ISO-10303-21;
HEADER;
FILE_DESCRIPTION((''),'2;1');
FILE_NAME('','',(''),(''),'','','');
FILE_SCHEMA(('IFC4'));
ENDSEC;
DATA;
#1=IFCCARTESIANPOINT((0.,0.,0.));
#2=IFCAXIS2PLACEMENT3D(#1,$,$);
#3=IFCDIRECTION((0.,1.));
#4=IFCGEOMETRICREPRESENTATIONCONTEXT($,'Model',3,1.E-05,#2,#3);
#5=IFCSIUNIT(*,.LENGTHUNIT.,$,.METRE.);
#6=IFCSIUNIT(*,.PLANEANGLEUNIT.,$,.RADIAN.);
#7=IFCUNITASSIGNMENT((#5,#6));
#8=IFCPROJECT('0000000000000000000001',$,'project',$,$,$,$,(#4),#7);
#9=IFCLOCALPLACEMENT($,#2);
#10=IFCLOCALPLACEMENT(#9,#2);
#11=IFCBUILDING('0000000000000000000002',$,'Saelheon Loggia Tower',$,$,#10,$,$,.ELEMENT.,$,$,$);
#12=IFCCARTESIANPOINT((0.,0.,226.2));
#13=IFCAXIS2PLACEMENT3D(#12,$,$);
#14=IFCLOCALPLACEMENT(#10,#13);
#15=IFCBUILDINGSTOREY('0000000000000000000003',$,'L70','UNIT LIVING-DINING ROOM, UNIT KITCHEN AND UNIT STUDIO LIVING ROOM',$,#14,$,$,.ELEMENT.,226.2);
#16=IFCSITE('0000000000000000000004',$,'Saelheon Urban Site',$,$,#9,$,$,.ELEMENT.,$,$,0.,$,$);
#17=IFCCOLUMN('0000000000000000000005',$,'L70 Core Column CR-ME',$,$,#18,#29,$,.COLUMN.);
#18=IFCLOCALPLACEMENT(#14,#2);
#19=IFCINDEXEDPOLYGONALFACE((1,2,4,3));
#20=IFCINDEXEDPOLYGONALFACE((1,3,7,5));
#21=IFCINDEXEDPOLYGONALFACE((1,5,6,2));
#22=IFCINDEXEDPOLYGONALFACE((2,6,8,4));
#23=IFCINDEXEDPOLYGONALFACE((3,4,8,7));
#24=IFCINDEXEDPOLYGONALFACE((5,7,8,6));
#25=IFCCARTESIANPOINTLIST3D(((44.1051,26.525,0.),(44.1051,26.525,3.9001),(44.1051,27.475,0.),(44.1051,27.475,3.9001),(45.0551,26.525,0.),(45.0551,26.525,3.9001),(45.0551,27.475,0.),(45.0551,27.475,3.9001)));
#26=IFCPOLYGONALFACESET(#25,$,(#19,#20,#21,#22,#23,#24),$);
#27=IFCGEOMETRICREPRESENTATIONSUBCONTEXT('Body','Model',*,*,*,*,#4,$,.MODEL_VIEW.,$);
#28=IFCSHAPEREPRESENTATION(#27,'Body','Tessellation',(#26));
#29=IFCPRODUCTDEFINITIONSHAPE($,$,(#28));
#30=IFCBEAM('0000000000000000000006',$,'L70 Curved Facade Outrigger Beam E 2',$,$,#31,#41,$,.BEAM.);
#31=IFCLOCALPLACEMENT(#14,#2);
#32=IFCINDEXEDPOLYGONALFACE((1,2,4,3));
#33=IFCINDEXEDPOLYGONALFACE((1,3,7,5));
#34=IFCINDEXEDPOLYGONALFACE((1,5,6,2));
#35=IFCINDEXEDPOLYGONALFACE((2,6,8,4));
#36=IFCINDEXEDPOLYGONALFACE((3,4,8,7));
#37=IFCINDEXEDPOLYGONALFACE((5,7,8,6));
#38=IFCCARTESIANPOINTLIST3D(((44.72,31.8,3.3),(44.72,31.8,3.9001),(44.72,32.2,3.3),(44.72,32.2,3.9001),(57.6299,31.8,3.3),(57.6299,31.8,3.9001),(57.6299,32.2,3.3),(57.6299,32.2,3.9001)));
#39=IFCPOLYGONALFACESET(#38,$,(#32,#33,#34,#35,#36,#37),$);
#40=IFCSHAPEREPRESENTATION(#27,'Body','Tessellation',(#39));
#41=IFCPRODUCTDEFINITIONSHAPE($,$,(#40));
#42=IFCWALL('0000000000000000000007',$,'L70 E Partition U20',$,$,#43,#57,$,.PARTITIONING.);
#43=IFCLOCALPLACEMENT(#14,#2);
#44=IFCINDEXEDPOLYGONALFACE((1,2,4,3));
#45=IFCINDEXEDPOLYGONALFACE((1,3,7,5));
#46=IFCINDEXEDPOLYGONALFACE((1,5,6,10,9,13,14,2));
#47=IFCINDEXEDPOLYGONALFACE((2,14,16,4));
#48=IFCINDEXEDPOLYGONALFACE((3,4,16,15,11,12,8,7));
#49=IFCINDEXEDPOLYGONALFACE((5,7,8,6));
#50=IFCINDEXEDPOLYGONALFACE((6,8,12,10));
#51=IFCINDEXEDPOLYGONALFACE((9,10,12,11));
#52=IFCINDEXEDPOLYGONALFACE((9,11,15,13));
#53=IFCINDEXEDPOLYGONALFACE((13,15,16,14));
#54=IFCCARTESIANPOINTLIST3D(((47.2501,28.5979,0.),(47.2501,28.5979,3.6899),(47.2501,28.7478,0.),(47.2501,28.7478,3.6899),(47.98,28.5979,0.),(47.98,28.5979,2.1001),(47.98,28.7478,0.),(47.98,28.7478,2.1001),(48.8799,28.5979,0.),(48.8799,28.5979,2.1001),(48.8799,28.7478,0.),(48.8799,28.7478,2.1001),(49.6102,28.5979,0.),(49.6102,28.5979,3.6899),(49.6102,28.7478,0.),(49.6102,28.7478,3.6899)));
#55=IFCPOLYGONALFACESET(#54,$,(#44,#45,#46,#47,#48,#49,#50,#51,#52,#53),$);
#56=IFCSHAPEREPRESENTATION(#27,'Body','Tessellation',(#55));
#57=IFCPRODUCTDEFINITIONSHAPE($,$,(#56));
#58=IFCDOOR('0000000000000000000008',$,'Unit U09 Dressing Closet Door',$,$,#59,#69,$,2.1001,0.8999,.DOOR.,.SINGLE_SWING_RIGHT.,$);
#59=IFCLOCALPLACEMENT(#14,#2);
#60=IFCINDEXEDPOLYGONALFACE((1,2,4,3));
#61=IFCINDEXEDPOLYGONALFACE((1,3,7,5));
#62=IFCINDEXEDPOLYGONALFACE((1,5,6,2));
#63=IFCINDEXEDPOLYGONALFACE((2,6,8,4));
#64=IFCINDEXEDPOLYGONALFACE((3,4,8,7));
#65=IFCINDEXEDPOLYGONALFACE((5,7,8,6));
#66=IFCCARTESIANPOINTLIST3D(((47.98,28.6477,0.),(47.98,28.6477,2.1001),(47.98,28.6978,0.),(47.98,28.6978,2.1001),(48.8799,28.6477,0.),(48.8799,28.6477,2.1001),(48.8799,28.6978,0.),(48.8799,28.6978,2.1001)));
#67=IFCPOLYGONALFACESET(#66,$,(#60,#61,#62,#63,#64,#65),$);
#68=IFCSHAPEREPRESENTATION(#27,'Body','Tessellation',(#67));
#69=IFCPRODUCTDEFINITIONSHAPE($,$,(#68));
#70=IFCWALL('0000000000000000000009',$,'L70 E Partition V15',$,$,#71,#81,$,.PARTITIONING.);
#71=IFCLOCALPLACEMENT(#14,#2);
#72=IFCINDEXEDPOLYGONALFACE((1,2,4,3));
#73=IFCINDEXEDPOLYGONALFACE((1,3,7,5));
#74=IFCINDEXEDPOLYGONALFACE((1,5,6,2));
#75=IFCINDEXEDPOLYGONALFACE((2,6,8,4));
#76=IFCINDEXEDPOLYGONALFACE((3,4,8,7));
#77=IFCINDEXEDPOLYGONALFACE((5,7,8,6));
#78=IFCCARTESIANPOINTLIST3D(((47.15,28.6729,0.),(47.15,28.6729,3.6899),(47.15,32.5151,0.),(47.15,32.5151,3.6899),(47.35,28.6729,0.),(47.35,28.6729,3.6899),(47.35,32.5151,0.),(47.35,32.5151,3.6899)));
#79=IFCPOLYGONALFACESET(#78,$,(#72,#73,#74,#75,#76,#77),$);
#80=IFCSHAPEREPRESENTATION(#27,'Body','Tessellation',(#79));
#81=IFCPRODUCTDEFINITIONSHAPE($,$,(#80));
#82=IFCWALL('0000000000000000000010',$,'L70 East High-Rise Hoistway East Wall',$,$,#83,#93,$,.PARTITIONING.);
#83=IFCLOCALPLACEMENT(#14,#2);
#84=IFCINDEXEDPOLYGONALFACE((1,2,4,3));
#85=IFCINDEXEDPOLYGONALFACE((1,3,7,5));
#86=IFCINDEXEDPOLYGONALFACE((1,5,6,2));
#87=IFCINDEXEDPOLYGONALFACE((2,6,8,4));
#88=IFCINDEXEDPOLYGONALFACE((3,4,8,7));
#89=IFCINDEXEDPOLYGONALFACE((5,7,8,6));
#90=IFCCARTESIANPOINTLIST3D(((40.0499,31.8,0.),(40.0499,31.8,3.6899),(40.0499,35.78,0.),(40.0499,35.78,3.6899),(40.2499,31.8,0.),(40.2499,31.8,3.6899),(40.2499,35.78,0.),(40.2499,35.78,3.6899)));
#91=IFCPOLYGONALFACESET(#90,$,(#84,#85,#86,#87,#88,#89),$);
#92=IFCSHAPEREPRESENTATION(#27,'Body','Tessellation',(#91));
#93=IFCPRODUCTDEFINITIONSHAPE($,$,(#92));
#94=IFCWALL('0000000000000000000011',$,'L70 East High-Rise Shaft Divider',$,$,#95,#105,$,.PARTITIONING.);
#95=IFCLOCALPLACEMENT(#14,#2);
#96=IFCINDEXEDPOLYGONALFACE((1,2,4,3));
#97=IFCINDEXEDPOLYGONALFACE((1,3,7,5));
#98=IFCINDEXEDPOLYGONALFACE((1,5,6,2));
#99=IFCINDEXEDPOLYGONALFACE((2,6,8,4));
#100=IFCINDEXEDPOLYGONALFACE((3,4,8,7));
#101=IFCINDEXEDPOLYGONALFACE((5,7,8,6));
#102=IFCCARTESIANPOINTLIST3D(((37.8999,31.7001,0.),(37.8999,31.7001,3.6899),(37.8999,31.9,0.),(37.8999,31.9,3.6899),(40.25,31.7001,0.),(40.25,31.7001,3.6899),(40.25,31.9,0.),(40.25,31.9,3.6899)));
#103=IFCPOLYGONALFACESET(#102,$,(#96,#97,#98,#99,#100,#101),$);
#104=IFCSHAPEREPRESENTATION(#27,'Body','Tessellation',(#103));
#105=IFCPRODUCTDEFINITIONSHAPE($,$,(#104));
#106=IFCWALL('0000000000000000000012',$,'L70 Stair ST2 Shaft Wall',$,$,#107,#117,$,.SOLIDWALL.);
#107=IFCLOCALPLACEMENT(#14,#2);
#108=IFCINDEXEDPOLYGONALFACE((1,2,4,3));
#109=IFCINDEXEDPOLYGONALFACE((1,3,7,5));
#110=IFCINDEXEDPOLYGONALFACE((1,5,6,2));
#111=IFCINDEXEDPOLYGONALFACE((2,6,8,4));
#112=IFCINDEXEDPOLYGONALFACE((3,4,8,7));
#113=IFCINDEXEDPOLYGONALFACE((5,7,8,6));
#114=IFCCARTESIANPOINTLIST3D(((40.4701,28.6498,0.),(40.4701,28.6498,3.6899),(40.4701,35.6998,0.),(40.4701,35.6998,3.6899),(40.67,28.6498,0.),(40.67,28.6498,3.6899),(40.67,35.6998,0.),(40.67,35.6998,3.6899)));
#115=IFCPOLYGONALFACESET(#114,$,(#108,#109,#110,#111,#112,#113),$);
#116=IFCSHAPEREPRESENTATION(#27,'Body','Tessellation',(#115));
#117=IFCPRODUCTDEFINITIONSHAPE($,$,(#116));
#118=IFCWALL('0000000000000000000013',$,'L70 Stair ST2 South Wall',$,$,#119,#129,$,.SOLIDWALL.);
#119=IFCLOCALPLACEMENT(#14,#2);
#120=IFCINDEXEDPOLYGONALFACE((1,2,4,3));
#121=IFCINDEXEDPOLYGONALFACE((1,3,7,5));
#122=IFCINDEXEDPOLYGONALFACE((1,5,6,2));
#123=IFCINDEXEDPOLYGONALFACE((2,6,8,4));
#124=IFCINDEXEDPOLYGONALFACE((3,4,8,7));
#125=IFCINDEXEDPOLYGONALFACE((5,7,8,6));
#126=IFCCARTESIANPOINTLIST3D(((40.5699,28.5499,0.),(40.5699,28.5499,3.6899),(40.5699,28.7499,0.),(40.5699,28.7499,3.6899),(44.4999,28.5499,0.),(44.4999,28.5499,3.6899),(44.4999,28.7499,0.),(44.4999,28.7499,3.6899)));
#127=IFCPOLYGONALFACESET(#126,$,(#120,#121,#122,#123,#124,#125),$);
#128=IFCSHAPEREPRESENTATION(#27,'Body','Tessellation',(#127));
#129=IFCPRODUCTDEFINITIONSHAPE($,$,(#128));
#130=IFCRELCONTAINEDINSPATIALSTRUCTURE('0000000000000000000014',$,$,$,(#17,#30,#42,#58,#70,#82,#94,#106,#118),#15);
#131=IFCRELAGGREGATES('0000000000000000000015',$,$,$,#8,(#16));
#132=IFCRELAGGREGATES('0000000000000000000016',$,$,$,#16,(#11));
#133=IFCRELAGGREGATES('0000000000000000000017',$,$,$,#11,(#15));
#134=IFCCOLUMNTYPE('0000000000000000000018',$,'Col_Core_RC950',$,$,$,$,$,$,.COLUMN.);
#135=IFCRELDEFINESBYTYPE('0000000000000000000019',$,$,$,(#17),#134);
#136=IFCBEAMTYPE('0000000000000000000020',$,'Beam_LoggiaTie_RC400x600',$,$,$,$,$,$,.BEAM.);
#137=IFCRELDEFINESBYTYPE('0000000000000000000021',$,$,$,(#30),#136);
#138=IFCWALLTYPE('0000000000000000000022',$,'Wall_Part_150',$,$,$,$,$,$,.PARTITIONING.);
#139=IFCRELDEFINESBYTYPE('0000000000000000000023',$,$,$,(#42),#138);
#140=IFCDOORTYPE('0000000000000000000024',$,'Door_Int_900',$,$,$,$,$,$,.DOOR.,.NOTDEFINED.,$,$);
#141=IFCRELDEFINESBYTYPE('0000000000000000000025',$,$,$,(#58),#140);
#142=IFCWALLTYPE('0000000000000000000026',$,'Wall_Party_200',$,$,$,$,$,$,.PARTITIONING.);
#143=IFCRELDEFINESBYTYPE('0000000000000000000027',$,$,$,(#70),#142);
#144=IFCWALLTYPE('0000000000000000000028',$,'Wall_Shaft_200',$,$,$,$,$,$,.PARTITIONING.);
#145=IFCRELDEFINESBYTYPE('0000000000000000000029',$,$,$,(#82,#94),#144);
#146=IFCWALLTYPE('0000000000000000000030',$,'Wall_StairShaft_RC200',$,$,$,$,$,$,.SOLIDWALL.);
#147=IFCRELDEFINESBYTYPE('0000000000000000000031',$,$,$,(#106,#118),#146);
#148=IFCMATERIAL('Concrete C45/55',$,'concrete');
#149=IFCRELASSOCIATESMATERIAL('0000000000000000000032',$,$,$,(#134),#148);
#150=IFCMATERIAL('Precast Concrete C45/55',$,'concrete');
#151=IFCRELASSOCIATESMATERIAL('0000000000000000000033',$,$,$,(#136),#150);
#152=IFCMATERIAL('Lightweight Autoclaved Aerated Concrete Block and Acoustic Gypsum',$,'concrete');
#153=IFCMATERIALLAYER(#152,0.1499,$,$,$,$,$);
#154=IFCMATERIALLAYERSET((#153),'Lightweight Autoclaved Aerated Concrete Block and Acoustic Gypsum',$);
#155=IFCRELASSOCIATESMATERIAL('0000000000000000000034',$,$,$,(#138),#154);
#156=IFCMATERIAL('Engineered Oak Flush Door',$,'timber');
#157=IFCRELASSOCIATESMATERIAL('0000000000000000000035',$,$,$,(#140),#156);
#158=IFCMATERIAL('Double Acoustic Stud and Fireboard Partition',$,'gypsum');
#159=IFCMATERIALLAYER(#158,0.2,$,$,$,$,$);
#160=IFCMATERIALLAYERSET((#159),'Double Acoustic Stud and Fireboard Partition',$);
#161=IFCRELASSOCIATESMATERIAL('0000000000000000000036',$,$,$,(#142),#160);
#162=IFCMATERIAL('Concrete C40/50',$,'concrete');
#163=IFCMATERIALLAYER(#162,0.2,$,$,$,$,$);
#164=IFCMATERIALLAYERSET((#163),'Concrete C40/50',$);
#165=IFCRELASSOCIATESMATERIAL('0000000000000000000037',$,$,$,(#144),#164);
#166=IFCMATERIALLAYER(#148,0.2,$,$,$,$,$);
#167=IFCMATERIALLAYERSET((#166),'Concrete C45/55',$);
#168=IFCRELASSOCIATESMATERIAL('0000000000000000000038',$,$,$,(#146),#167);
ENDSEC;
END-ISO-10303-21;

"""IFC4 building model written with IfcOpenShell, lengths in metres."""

from ifc_helpers import new_model, si_unit, direction, frame, frame_2d, origin, origin_2d, place, context, subcontext, project, spatial, rectangle, extrude, source, transform, mapped, material, layer, layer_set, material_profile, profile_set, type_object, element, fill, save


model = new_model("IFC4")

# Units and contexts
model_context = context("Model", 3, precision=1e-05, world=origin(), true_north=direction((0.0, 1.0)))
body_context = subcontext(model_context, "Body", "Model", "MODEL_VIEW")
ifc_project = project(units=[si_unit("LENGTHUNIT", "METRE"), si_unit("PLANEANGLEUNIT", "RADIAN")], contexts=[model_context])

# Site, building, storey
site_placement = place(None, origin())
site = spatial("IfcSite", under=ifc_project, at=site_placement, Name="Saelheon Urban Site", CompositionType="ELEMENT", RefElevation=0.0)
building_placement = place(site_placement, origin())
building = spatial("IfcBuilding", under=site, at=building_placement, Name="Saelheon Loggia Tower", CompositionType="ELEMENT")
storey_placement = place(building_placement, frame((0.0, 0.0, 226.2)))
storey = spatial("IfcBuildingStorey", under=building, at=storey_placement, Name="L70", Description="UNIT LIVING-DINING ROOM, UNIT KITCHEN AND UNIT STUDIO LIVING ROOM", CompositionType="ELEMENT", Elevation=226.2)

# Column
ifc_material_1 = material(Name="Concrete C45/55", Category="concrete")
ifc_material_profile_1 = material_profile(ifc_material_1, rectangle(XDim=0.95, YDim=0.95, at=origin_2d()), Name="RC-950x950")
ifc_profile_set_1 = profile_set([ifc_material_profile_1], Name="Concrete C45/55")
column_type = type_object("IfcColumnType", Name="Col_Core_RC950", PredefinedType="COLUMN", material=ifc_profile_set_1)
shared_shape_1 = source(origin(), body_context, "Body", "SweptSolid", [
    extrude(rectangle(XDim=0.95, YDim=0.95, at=origin_2d()), origin(), (0.0, 0.0, 1.0), 3.9001),
])
column_placement = place(storey_placement, frame((44.5801, 27.0, 0.0), z_axis=(0.0, 0.0, 1.0), x_axis=(1.0, 0.0, 0.0)))
element("IfcColumn", 1, at=column_placement, inside=storey, type_object=column_type, Name="L70 Core Column CR-ME", PredefinedType="COLUMN", context=body_context, shape_type="MappedRepresentation", body=[
    mapped(shared_shape_1, transform((0.0, 0.0, 0.0), scale=1.0)),
])

# Beam
ifc_material_2 = material(Name="Precast Concrete C45/55", Category="concrete")
ifc_material_profile_2 = material_profile(ifc_material_2, rectangle(XDim=0.3999, YDim=0.6001, at=origin_2d()), Name="RC-400x600")
ifc_profile_set_2 = profile_set([ifc_material_profile_2], Name="Precast Concrete C45/55")
beam_type = type_object("IfcBeamType", Name="Beam_LoggiaTie_RC400x600", PredefinedType="BEAM", material=ifc_profile_set_2)
shared_shape_2 = source(origin(), body_context, "Body", "SweptSolid", [
    extrude(rectangle(XDim=0.3999, YDim=0.6001, at=origin_2d()), origin(), (0.0, 0.0, 1.0), 12.9099),
])
beam_placement = place(storey_placement, frame((44.72, 32.0, 3.6001), z_axis=(1.0, 0.0, 0.0), x_axis=(0.0, 1.0, 0.0)))
element("IfcBeam", 2, at=beam_placement, inside=storey, type_object=beam_type, Name="L70 Curved Facade Outrigger Beam E 2", PredefinedType="BEAM", context=body_context, shape_type="MappedRepresentation", body=[
    mapped(shared_shape_2, transform((0.0, 0.0, 0.0), scale=1.0)),
])

# Wall, opening, door
ifc_material_3 = material(Name="Lightweight Autoclaved Aerated Concrete Block and Acoustic Gypsum", Category="concrete")
ifc_layer_1 = layer(ifc_material_3, 0.1499)
ifc_layer_set_1 = layer_set([ifc_layer_1], Name="Lightweight Autoclaved Aerated Concrete Block and Acoustic Gypsum")
wall_type_1 = type_object("IfcWallType", Name="Wall_Part_150", PredefinedType="PARTITIONING", material=ifc_layer_set_1)
wall_1_placement = place(storey_placement, frame((47.25, 28.6729, 0.0), z_axis=(0.0, 0.0, 1.0), x_axis=(1.0, 0.0, 0.0)))
wall_1 = element("IfcWall", 3, at=wall_1_placement, inside=storey, type_object=wall_type_1, Name="L70 E Partition U20", PredefinedType="PARTITIONING", context=body_context, shape_type="SweptSolid", body=[
    extrude(rectangle(XDim=2.3601, YDim=0.1499, at=frame_2d((1.1802, 0.0))), origin(), (0.0, 0.0, 1.0), 3.6899),
])
opening_placement = place(wall_1_placement, frame((0.73, 0.0, 0.0)))
opening = element("IfcOpeningElement", 4, at=opening_placement, cuts=wall_1, PredefinedType="OPENING", context=body_context, shape_type="SweptSolid", body=[
    extrude(rectangle(XDim=0.8999, YDim=2.1001, at=frame_2d((0.45, 1.05))), frame((0.0, 0.0869, 0.0), z_axis=(0.0, -1.0, 0.0), x_axis=(1.0, 0.0, 0.0)), (0.0, 0.0, 1.0), 0.1738),
])
ifc_material_4 = material(Name="Engineered Oak Flush Door", Category="timber")
door_type = type_object("IfcDoorType", Name="Door_Int_900", OperationType="NOTDEFINED", PredefinedType="DOOR", material=ifc_material_4)
shared_shape_3 = source(origin(), body_context, "Body", "SweptSolid", [
    extrude(rectangle(XDim=0.8999, YDim=2.1001, at=frame_2d((0.45, 1.05))), frame((0.0, 0.0249, 0.0), z_axis=(0.0, -1.0, 0.0), x_axis=(1.0, 0.0, 0.0)), (0.0, 0.0, 1.0), 0.05),
])
door_placement = place(opening_placement, origin())
door = element("IfcDoor", 5, at=door_placement, inside=storey, type_object=door_type, Name="Unit U09 Dressing Closet Door", OperationType="SINGLE_SWING_RIGHT", OverallHeight=2.1001, OverallWidth=0.8999, PredefinedType="DOOR", context=body_context, shape_type="MappedRepresentation", body=[
    mapped(shared_shape_3, transform((0.0, 0.0, 0.0), scale=1.0)),
])
fill(opening, door)

# Walls
ifc_material_5 = material(Name="Double Acoustic Stud and Fireboard Partition", Category="gypsum")
ifc_layer_2 = layer(ifc_material_5, 0.2)
ifc_layer_set_2 = layer_set([ifc_layer_2], Name="Double Acoustic Stud and Fireboard Partition")
wall_type_2 = type_object("IfcWallType", Name="Wall_Party_200", PredefinedType="PARTITIONING", material=ifc_layer_set_2)
wall_2_placement = place(storey_placement, frame((47.25, 28.6729, 0.0), z_axis=(0.0, 0.0, 1.0), x_axis=(0.0, 1.0, 0.0)))
element("IfcWall", 6, at=wall_2_placement, inside=storey, type_object=wall_type_2, Name="L70 E Partition V15", PredefinedType="PARTITIONING", context=body_context, shape_type="SweptSolid", body=[
    extrude(rectangle(XDim=3.8423, YDim=0.2, at=frame_2d((1.9211, 0.0))), origin(), (0.0, 0.0, 1.0), 3.6899),
])
ifc_material_6 = material(Name="Concrete C40/50", Category="concrete")
ifc_layer_3 = layer(ifc_material_6, 0.2)
ifc_layer_set_3 = layer_set([ifc_layer_3], Name="Concrete C40/50")
wall_type_3 = type_object("IfcWallType", Name="Wall_Shaft_200", PredefinedType="PARTITIONING", material=ifc_layer_set_3)
wall_3_placement = place(storey_placement, frame((40.1499, 31.8, 0.0), z_axis=(0.0, 0.0, 1.0), x_axis=(0.0, 1.0, 0.0)))
element("IfcWall", 7, at=wall_3_placement, inside=storey, type_object=wall_type_3, Name="L70 East High-Rise Hoistway East Wall", PredefinedType="PARTITIONING", context=body_context, shape_type="SweptSolid", body=[
    extrude(rectangle(XDim=3.98, YDim=0.2, at=frame_2d((1.99, 0.0))), origin(), (0.0, 0.0, 1.0), 3.6899),
])
wall_4_placement = place(storey_placement, frame((37.8999, 31.8, 0.0), z_axis=(0.0, 0.0, 1.0), x_axis=(1.0, 0.0, 0.0)))
element("IfcWall", 8, at=wall_4_placement, inside=storey, type_object=wall_type_3, Name="L70 East High-Rise Shaft Divider", PredefinedType="PARTITIONING", context=body_context, shape_type="SweptSolid", body=[
    extrude(rectangle(XDim=2.3501, YDim=0.2, at=frame_2d((1.175, 0.0))), origin(), (0.0, 0.0, 1.0), 3.6899),
])
ifc_layer_4 = layer(ifc_material_1, 0.2)
ifc_layer_set_4 = layer_set([ifc_layer_4], Name="Concrete C45/55")
wall_type_4 = type_object("IfcWallType", Name="Wall_StairShaft_RC200", PredefinedType="SOLIDWALL", material=ifc_layer_set_4)
wall_5_placement = place(storey_placement, frame((40.5701, 28.6499, 0.0), z_axis=(0.0, 0.0, 1.0), x_axis=(0.0, 1.0, 0.0)))
element("IfcWall", 9, at=wall_5_placement, inside=storey, type_object=wall_type_4, Name="L70 Stair ST2 Shaft Wall", PredefinedType="SOLIDWALL", context=body_context, shape_type="SweptSolid", body=[
    extrude(rectangle(XDim=7.05, YDim=0.2, at=frame_2d((3.5249, 0.0))), origin(), (0.0, 0.0, 1.0), 3.6899),
])
wall_6_placement = place(storey_placement, frame((40.5701, 28.6499, 0.0), z_axis=(0.0, 0.0, 1.0), x_axis=(1.0, 0.0, 0.0)))
element("IfcWall", 10, at=wall_6_placement, inside=storey, type_object=wall_type_4, Name="L70 Stair ST2 South Wall", PredefinedType="SOLIDWALL", context=body_context, shape_type="SweptSolid", body=[
    extrude(rectangle(XDim=3.9299, YDim=0.2, at=frame_2d((1.9648, 0.0))), origin(), (0.0, 0.0, 1.0), 3.6899),
])

save(model, "model.ifc")
